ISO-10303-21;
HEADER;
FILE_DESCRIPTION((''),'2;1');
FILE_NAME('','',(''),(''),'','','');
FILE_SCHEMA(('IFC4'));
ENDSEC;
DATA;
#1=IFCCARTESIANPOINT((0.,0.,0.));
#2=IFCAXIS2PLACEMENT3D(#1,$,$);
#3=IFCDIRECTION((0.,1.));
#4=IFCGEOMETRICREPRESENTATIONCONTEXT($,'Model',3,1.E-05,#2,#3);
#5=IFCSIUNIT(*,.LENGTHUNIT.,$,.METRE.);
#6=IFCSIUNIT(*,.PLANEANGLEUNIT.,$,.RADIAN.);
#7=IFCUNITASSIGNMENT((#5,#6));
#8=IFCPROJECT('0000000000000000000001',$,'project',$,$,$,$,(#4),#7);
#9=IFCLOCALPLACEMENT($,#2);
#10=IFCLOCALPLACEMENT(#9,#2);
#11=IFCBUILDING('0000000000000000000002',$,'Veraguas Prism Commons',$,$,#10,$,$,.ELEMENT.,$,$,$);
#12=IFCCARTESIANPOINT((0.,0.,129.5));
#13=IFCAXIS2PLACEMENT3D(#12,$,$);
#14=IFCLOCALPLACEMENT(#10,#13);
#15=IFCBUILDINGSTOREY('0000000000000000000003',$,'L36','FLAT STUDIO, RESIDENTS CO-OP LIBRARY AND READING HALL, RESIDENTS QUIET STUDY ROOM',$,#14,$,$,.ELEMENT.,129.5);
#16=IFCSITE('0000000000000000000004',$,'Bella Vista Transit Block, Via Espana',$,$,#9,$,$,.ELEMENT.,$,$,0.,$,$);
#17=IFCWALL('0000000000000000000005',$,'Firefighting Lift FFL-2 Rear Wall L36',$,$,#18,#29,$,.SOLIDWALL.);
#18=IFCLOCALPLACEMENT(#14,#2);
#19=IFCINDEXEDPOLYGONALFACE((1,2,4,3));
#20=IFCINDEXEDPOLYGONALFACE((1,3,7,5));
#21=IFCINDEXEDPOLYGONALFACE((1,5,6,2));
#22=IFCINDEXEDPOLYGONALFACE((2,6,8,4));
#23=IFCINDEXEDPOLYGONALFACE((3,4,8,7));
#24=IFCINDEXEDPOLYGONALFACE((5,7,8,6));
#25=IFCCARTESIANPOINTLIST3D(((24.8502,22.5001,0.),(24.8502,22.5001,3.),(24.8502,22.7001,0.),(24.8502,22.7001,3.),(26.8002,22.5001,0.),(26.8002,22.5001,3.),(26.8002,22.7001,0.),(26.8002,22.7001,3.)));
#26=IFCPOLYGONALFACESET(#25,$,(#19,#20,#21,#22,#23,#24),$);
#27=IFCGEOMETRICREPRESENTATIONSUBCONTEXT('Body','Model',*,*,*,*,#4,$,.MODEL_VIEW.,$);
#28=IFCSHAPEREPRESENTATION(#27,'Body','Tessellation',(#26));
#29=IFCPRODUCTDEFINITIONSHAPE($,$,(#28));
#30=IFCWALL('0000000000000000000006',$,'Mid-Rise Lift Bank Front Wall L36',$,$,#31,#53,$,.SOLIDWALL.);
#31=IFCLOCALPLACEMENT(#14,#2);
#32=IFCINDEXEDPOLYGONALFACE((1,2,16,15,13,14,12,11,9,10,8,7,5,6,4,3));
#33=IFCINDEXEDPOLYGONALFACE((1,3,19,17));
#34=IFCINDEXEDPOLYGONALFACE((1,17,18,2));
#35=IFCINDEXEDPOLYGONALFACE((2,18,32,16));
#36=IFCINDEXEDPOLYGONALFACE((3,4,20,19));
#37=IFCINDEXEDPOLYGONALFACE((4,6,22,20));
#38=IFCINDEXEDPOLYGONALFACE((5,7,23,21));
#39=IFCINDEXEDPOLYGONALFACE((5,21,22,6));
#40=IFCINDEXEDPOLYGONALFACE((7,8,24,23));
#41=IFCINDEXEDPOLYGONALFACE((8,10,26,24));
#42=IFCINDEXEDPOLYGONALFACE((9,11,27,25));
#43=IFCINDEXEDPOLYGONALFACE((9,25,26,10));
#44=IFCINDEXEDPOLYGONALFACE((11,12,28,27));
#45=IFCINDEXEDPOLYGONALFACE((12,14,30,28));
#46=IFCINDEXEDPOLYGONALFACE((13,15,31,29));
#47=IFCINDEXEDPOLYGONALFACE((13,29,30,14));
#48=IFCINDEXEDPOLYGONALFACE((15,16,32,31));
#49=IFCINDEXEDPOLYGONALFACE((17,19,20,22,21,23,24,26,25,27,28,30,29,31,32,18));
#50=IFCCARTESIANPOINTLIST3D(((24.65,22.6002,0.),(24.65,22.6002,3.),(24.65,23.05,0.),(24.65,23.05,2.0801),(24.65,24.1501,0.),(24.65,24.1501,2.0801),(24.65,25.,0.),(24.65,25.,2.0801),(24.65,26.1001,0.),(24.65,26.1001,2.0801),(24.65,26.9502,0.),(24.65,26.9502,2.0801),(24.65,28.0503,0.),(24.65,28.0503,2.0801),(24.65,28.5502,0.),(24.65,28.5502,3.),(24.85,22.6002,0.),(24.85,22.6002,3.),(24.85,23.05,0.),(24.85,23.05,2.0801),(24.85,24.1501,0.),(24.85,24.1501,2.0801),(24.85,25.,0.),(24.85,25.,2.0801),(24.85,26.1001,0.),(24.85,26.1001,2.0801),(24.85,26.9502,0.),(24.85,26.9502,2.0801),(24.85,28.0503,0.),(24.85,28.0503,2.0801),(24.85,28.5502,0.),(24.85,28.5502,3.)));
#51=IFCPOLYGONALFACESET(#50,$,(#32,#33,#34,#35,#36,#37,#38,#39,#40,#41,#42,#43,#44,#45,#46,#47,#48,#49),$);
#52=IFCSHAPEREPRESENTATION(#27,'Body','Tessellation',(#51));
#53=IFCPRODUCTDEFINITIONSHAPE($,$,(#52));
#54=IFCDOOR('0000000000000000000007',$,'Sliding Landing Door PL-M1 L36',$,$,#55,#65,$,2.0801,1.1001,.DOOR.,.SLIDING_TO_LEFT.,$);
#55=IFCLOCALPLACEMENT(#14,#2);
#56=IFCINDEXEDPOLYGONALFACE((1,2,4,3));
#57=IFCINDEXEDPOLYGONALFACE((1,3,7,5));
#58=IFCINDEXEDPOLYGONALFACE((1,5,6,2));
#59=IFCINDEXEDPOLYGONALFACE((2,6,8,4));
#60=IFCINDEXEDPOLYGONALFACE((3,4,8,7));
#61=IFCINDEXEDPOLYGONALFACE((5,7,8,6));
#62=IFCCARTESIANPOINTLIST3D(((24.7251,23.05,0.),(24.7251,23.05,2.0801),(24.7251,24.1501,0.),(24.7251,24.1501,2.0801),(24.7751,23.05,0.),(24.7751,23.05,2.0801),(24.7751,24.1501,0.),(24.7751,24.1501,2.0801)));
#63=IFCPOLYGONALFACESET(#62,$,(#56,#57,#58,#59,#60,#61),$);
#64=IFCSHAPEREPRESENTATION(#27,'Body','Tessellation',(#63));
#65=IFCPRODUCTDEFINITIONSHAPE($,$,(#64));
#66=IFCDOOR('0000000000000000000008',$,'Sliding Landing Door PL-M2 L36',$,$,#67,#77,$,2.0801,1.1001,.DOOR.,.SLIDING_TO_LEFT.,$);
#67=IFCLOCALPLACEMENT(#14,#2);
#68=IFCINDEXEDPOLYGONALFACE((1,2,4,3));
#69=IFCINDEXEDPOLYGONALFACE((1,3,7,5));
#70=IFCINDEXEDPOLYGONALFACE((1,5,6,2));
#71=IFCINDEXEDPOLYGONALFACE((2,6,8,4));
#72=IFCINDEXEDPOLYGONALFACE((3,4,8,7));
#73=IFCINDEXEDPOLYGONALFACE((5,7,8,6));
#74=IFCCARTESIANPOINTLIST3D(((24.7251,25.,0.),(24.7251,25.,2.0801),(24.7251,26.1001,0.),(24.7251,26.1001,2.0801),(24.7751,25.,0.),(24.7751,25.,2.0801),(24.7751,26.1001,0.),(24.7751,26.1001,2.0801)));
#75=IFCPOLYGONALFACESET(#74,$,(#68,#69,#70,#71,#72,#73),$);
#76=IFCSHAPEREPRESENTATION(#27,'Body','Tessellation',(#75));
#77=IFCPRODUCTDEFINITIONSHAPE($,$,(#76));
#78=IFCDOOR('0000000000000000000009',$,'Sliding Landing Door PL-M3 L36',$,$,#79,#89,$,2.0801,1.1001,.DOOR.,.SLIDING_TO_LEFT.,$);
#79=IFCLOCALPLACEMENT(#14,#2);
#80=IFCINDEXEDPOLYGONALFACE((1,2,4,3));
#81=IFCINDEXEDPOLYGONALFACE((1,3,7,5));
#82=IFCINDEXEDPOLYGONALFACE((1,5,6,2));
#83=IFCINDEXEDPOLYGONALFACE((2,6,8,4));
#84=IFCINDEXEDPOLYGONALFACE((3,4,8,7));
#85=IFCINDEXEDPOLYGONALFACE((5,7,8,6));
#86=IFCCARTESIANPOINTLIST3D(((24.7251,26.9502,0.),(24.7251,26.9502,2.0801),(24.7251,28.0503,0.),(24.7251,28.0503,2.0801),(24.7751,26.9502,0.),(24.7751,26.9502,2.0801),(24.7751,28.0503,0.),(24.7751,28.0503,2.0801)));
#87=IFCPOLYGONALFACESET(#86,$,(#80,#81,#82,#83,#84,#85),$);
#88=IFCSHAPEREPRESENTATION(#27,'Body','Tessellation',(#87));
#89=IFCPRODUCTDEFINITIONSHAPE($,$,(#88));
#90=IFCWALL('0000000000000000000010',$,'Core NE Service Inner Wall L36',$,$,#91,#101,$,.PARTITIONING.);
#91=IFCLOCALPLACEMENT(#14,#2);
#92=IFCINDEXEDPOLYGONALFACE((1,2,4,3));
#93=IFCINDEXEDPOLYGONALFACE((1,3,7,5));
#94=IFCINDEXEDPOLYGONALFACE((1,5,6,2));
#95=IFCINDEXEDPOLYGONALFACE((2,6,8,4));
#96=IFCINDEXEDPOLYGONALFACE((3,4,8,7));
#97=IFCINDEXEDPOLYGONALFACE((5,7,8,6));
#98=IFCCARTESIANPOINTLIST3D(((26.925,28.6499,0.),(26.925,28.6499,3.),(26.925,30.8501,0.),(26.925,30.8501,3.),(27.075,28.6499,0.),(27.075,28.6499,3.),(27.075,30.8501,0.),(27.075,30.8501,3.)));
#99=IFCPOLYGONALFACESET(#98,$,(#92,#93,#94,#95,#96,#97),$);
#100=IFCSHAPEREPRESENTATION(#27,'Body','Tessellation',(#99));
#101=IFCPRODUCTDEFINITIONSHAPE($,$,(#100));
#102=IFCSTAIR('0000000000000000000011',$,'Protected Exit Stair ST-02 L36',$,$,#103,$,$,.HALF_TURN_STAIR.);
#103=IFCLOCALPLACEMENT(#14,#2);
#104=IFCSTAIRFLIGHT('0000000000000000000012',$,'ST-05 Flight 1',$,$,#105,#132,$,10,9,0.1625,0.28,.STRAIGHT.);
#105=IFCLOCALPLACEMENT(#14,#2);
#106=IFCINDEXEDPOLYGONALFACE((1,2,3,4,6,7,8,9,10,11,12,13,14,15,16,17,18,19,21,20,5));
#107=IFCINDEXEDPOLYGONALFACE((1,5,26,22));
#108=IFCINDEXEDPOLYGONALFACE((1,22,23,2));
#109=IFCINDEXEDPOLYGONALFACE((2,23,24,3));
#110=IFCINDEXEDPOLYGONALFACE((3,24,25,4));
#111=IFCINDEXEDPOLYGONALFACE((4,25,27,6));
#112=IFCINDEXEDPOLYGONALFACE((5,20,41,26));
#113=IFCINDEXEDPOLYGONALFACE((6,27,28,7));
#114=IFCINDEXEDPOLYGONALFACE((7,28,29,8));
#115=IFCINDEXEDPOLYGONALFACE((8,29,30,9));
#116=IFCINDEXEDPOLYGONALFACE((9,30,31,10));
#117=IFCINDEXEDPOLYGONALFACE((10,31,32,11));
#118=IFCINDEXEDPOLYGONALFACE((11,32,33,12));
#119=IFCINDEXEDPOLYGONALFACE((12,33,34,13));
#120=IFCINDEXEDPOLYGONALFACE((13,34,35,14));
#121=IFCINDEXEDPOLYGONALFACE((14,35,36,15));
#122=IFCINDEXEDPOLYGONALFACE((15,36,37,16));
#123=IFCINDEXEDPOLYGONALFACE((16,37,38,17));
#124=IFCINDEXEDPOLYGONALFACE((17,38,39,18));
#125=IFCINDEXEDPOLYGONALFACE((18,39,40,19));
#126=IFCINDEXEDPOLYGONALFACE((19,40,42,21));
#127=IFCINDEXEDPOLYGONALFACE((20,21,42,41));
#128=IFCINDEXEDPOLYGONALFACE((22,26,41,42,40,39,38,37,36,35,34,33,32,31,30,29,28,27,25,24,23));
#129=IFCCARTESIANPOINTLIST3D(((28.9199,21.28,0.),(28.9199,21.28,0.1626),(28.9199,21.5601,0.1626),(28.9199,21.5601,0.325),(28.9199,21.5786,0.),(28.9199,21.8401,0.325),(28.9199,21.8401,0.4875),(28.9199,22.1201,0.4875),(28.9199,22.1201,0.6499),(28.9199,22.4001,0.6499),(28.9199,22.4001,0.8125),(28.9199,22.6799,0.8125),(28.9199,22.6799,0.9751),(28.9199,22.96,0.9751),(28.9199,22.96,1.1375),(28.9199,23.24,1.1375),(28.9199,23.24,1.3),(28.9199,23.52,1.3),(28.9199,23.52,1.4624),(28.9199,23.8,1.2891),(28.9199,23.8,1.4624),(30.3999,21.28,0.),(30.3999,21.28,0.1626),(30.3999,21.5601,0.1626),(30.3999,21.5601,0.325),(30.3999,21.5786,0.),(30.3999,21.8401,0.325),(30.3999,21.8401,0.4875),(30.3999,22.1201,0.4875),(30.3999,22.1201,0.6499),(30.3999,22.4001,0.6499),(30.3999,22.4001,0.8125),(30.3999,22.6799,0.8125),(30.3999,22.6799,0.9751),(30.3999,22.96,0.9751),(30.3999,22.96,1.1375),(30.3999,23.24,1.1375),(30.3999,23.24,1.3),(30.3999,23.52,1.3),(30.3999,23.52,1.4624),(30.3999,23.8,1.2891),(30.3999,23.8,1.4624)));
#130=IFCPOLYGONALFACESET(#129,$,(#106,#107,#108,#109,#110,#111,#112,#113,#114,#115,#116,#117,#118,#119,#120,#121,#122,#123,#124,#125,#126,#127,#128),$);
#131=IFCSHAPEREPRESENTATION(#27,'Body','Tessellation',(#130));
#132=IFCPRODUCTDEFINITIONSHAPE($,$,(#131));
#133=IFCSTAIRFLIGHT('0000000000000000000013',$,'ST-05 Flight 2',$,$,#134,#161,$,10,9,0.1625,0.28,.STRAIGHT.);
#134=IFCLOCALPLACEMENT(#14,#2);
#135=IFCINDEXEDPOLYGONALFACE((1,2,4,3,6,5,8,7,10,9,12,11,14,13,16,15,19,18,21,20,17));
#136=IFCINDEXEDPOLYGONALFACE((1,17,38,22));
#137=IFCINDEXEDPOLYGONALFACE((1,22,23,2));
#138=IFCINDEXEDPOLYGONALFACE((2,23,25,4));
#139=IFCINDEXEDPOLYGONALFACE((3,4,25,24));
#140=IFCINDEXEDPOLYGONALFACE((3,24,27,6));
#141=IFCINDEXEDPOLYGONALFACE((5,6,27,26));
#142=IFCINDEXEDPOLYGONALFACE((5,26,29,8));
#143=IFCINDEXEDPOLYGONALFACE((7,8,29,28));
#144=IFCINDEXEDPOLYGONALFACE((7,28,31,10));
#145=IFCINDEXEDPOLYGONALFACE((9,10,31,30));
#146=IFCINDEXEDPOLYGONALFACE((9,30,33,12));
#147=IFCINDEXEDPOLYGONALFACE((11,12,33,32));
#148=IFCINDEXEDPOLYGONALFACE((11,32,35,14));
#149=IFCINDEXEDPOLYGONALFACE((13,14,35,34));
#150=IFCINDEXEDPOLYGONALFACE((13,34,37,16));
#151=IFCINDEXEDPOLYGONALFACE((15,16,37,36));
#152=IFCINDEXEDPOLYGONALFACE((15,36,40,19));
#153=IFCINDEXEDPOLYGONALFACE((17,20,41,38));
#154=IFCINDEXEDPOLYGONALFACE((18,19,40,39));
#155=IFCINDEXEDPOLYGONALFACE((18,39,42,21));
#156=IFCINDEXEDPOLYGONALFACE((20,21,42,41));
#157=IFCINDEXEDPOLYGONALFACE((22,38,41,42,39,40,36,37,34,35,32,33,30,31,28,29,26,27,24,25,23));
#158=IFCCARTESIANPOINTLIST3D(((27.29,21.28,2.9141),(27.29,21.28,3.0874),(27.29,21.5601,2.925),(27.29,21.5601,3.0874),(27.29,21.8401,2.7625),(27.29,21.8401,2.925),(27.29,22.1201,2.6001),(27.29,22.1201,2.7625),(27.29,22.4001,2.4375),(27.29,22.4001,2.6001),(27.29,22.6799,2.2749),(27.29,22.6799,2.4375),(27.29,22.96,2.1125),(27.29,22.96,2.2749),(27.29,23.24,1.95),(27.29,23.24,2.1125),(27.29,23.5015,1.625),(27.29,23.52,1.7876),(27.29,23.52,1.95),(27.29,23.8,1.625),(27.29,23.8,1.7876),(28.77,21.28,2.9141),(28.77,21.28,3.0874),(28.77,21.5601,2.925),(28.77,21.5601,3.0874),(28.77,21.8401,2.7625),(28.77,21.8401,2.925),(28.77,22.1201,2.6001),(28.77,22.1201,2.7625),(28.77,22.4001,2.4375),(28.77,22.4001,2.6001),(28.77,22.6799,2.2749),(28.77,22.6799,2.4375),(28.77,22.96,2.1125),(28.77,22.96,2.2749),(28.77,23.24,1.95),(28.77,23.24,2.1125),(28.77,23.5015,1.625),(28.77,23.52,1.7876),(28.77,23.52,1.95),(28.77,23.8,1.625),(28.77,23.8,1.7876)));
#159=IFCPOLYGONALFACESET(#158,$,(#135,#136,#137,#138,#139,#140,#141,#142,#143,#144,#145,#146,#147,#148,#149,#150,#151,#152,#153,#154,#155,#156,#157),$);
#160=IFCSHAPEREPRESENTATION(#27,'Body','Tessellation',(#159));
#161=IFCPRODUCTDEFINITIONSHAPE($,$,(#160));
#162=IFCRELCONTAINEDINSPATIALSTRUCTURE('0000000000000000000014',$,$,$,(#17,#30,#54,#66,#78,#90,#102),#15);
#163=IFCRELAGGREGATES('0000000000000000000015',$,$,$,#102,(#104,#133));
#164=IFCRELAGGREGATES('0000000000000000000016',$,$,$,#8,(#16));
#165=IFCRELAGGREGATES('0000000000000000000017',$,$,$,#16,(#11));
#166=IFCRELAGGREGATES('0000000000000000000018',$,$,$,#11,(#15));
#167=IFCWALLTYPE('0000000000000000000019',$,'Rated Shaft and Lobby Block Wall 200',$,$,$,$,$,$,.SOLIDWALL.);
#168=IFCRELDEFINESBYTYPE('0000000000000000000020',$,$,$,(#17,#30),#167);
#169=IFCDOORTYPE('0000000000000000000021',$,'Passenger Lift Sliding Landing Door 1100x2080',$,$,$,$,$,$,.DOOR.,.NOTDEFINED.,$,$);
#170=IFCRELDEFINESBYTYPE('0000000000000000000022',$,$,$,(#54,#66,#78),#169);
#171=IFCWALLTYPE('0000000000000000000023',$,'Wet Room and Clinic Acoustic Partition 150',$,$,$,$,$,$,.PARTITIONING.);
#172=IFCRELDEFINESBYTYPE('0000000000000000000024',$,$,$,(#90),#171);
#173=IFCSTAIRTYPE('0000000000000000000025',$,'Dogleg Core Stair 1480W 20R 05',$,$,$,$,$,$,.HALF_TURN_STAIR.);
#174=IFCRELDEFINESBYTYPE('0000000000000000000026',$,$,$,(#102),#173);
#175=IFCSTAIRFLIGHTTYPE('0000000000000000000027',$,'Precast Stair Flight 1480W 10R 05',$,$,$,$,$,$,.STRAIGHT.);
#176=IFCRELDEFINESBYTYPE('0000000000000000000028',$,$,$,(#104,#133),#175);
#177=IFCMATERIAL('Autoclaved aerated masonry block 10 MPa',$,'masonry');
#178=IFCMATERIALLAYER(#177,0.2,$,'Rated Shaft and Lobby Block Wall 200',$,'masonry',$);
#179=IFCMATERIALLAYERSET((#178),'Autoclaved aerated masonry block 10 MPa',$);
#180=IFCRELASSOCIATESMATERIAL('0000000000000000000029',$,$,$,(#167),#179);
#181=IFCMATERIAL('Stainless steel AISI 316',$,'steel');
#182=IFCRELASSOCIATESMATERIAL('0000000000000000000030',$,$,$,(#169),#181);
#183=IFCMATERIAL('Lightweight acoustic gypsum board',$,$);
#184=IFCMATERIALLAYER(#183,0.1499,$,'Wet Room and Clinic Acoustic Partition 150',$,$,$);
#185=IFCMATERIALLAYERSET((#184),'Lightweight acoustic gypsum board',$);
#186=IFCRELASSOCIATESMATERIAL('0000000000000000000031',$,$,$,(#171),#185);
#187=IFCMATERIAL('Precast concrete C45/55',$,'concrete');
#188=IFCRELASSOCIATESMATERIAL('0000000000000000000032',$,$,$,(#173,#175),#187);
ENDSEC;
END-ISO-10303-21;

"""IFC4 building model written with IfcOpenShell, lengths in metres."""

from ifc_helpers import new_model, si_unit, direction, frame, frame_2d, origin, place, context, subcontext, project, spatial, polyline, rectangle, outline, extrude, source, transform, mapped, material, layer, layer_set, type_object, element, fill, aggregate, save


model = new_model("IFC4")

# Units and contexts
model_context = context("Model", 3, precision=1e-05, world=origin(), true_north=direction((0.0, 1.0)))
body_context = subcontext(model_context, "Body", "Model", "MODEL_VIEW")
ifc_project = project(units=[si_unit("LENGTHUNIT", "METRE"), si_unit("PLANEANGLEUNIT", "RADIAN")], contexts=[model_context])

# Site, building, storey
site_placement = place(None, origin())
site = spatial("IfcSite", under=ifc_project, at=site_placement, Name="Bella Vista Transit Block, Via Espana", CompositionType="ELEMENT", RefElevation=0.0)
building_placement = place(site_placement, origin())
building = spatial("IfcBuilding", under=site, at=building_placement, Name="Veraguas Prism Commons", CompositionType="ELEMENT")
storey_placement = place(building_placement, frame((0.0, 0.0, 129.5)))
storey = spatial("IfcBuildingStorey", under=building, at=storey_placement, Name="L36", Description="FLAT STUDIO, RESIDENTS CO-OP LIBRARY AND READING HALL, RESIDENTS QUIET STUDY ROOM", CompositionType="ELEMENT", Elevation=129.5)

# Shared definitions
ifc_material_1 = material(Name="Autoclaved aerated masonry block 10 MPa", Category="masonry")

# Wall
ifc_material_2 = material(Name="Lightweight acoustic gypsum board")
ifc_layer_1 = layer(ifc_material_1, 0.2, Name="Rated Shaft and Lobby Block Wall 200", Category="masonry")
ifc_layer_set_1 = layer_set([ifc_layer_1], Name="Autoclaved aerated masonry block 10 MPa")
wall_type_1 = type_object("IfcWallType", Name="Rated Shaft and Lobby Block Wall 200", PredefinedType="SOLIDWALL", material=ifc_layer_set_1)
wall_1_placement = place(storey_placement, frame((24.8501, 22.6001, 0.0), z_axis=(0.0, 0.0, 1.0), x_axis=(1.0, 0.0, 0.0)))
element("IfcWall", 1, at=wall_1_placement, inside=storey, type_object=wall_type_1, Name="Firefighting Lift FFL-2 Rear Wall L36", PredefinedType="SOLIDWALL", context=body_context, shape_type="SweptSolid", body=[
    extrude(rectangle(XDim=1.95, YDim=0.2, at=frame_2d((0.9751, 0.0))), origin(), (0.0, 0.0, 1.0), 3.0),
])

# Wall, openings, doors
wall_2_placement = place(storey_placement, frame((24.75, 22.6001, 0.0), z_axis=(0.0, 0.0, 1.0), x_axis=(0.0, 1.0, 0.0)))
wall_2 = element("IfcWall", 2, at=wall_2_placement, inside=storey, type_object=wall_type_1, Name="Mid-Rise Lift Bank Front Wall L36", PredefinedType="SOLIDWALL", context=body_context, shape_type="SweptSolid", body=[
    extrude(rectangle(XDim=5.95, YDim=0.2, at=frame_2d((2.9751, 0.0))), origin(), (0.0, 0.0, 1.0), 3.0),
])
opening_1_placement = place(wall_2_placement, frame((0.45, 0.0, 0.0)))
opening_1 = element("IfcOpeningElement", 3, at=opening_1_placement, cuts=wall_2, PredefinedType="OPENING", context=body_context, shape_type="SweptSolid", body=[
    extrude(rectangle(XDim=1.1001, YDim=2.0801, at=frame_2d((0.55, 1.04))), frame((0.0, 0.1099, 0.0), z_axis=(0.0, -1.0, 0.0), x_axis=(1.0, 0.0, 0.0)), (0.0, 0.0, 1.0), 0.22),
])
opening_2_placement = place(wall_2_placement, frame((2.3999, 0.0, 0.0)))
opening_2 = element("IfcOpeningElement", 4, at=opening_2_placement, cuts=wall_2, PredefinedType="OPENING", context=body_context, shape_type="SweptSolid", body=[
    extrude(rectangle(XDim=1.1001, YDim=2.0801, at=frame_2d((0.55, 1.04))), frame((0.0, 0.1099, 0.0), z_axis=(0.0, -1.0, 0.0), x_axis=(1.0, 0.0, 0.0)), (0.0, 0.0, 1.0), 0.22),
])
opening_3_placement = place(wall_2_placement, frame((4.3501, 0.0, 0.0)))
opening_3 = element("IfcOpeningElement", 5, at=opening_3_placement, cuts=wall_2, PredefinedType="OPENING", context=body_context, shape_type="SweptSolid", body=[
    extrude(rectangle(XDim=1.1001, YDim=2.0801, at=frame_2d((0.55, 1.04))), frame((0.0, 0.1099, 0.0), z_axis=(0.0, -1.0, 0.0), x_axis=(1.0, 0.0, 0.0)), (0.0, 0.0, 1.0), 0.22),
])
ifc_material_3 = material(Name="Stainless steel AISI 316", Category="steel")
door_type_1 = type_object("IfcDoorType", Name="Passenger Lift Sliding Landing Door 1100x2080", OperationType="NOTDEFINED", PredefinedType="DOOR", material=ifc_material_3)
shared_shape_1 = source(origin(), body_context, "Body", "SweptSolid", [
    extrude(rectangle(XDim=1.1001, YDim=2.0801, at=frame_2d((0.55, 1.04))), frame((0.0, 0.0249, 0.0), z_axis=(0.0, -1.0, 0.0), x_axis=(1.0, 0.0, 0.0)), (0.0, 0.0, 1.0), 0.05),
])
door_1_placement = place(opening_1_placement, origin())
door_1 = element("IfcDoor", 6, at=door_1_placement, inside=storey, type_object=door_type_1, Name="Sliding Landing Door PL-M1 L36", OperationType="SLIDING_TO_LEFT", OverallHeight=2.0801, OverallWidth=1.1001, PredefinedType="DOOR", context=body_context, shape_type="MappedRepresentation", body=[
    mapped(shared_shape_1, transform((0.0, 0.0, 0.0), scale=1.0)),
])
fill(opening_1, door_1)
door_2_placement = place(opening_2_placement, origin())
door_2 = element("IfcDoor", 7, at=door_2_placement, inside=storey, type_object=door_type_1, Name="Sliding Landing Door PL-M2 L36", OperationType="SLIDING_TO_LEFT", OverallHeight=2.0801, OverallWidth=1.1001, PredefinedType="DOOR", context=body_context, shape_type="MappedRepresentation", body=[
    mapped(shared_shape_1, transform((0.0, 0.0, 0.0), scale=1.0)),
])
fill(opening_2, door_2)
door_3_placement = place(opening_3_placement, origin())
door_3 = element("IfcDoor", 8, at=door_3_placement, inside=storey, type_object=door_type_1, Name="Sliding Landing Door PL-M3 L36", OperationType="SLIDING_TO_LEFT", OverallHeight=2.0801, OverallWidth=1.1001, PredefinedType="DOOR", context=body_context, shape_type="MappedRepresentation", body=[
    mapped(shared_shape_1, transform((0.0, 0.0, 0.0), scale=1.0)),
])
fill(opening_3, door_3)

# Wall
ifc_layer_2 = layer(ifc_material_2, 0.1499, Name="Wet Room and Clinic Acoustic Partition 150")
ifc_layer_set_2 = layer_set([ifc_layer_2], Name="Lightweight acoustic gypsum board")
wall_type_2 = type_object("IfcWallType", Name="Wet Room and Clinic Acoustic Partition 150", PredefinedType="PARTITIONING", material=ifc_layer_set_2)
wall_3_placement = place(storey_placement, frame((27.0, 28.6499, 0.0), z_axis=(0.0, 0.0, 1.0), x_axis=(0.0, 1.0, 0.0)))
element("IfcWall", 9, at=wall_3_placement, inside=storey, type_object=wall_type_2, Name="Core NE Service Inner Wall L36", PredefinedType="PARTITIONING", context=body_context, shape_type="SweptSolid", body=[
    extrude(rectangle(XDim=2.2002, YDim=0.1499, at=frame_2d((1.1001, 0.0))), origin(), (0.0, 0.0, 1.0), 3.0),
])

# Stair, stair flights
ifc_material_4 = material(Name="Precast concrete C45/55", Category="concrete")
stair_type = type_object("IfcStairType", Name="Dogleg Core Stair 1480W 20R 05", PredefinedType="HALF_TURN_STAIR", material=ifc_material_4)
stair_placement = place(storey_placement, origin())
stair = element("IfcStair", 10, at=stair_placement, inside=storey, type_object=stair_type, Name="Protected Exit Stair ST-02 L36", PredefinedType="HALF_TURN_STAIR")
stair_flight_type = type_object("IfcStairFlightType", Name="Precast Stair Flight 1480W 10R 05", PredefinedType="STRAIGHT", material=ifc_material_4)
stair_flight_1_placement = place(storey_placement, frame((29.6599, 21.28, 0.0), z_axis=(0.0, 0.0, 1.0), x_axis=(0.0, 1.0, 0.0)))
stair_flight_1 = element("IfcStairFlight", 11, at=stair_flight_1_placement, type_object=stair_flight_type, Name="ST-05 Flight 1", NumberOfRisers=10, NumberOfTreads=9, PredefinedType="STRAIGHT", RiserHeight=0.1625, TreadLength=0.28, context=body_context, shape_type="SweptSolid", body=[
    extrude(outline(polyline([(0.0, 0.0), (0.0, 0.1626), (0.28, 0.1626), (0.28, 0.325), (0.5601, 0.325), (0.5601, 0.4875), (0.8401, 0.4875), (0.8401, 0.6499), (1.1201, 0.6499), (1.1201, 0.8125), (1.3999, 0.8125), (1.3999, 0.9751), (1.6799, 0.9751), (1.6799, 1.1375), (1.96, 1.1375), (1.96, 1.3), (2.24, 1.3), (2.24, 1.4624), (2.52, 1.4624), (2.52, 1.625), (2.52, 1.2891), (0.2986, 0.0), (0.0, 0.0)])), frame((0.0, 0.74, 0.0), z_axis=(0.0, -1.0, 0.0), x_axis=(1.0, 0.0, 0.0)), (0.0, 0.0, 1.0), 1.48),
])
stair_flight_2_placement = place(storey_placement, frame((28.03, 23.8, 1.625), z_axis=(0.0, 0.0, 1.0), x_axis=(0.0, -1.0, 0.0)))
stair_flight_2 = element("IfcStairFlight", 12, at=stair_flight_2_placement, type_object=stair_flight_type, Name="ST-05 Flight 2", NumberOfRisers=10, NumberOfTreads=9, PredefinedType="STRAIGHT", RiserHeight=0.1625, TreadLength=0.28, context=body_context, shape_type="SweptSolid", body=[
    extrude(outline(polyline([(0.0, 0.0), (0.0, 0.1626), (0.28, 0.1626), (0.28, 0.325), (0.5601, 0.325), (0.5601, 0.4875), (0.8401, 0.4875), (0.8401, 0.6499), (1.1201, 0.6499), (1.1201, 0.8125), (1.3999, 0.8125), (1.3999, 0.9751), (1.6799, 0.9751), (1.6799, 1.1375), (1.96, 1.1375), (1.96, 1.3), (2.24, 1.3), (2.24, 1.4624), (2.52, 1.4624), (2.52, 1.625), (2.52, 1.2891), (0.2986, 0.0), (0.0, 0.0)])), frame((0.0, 0.74, 0.0), z_axis=(0.0, -1.0, 0.0), x_axis=(1.0, 0.0, 0.0)), (0.0, 0.0, 1.0), 1.48),
])
aggregate(stair, [stair_flight_1, stair_flight_2])

save(model, "model.ifc")
